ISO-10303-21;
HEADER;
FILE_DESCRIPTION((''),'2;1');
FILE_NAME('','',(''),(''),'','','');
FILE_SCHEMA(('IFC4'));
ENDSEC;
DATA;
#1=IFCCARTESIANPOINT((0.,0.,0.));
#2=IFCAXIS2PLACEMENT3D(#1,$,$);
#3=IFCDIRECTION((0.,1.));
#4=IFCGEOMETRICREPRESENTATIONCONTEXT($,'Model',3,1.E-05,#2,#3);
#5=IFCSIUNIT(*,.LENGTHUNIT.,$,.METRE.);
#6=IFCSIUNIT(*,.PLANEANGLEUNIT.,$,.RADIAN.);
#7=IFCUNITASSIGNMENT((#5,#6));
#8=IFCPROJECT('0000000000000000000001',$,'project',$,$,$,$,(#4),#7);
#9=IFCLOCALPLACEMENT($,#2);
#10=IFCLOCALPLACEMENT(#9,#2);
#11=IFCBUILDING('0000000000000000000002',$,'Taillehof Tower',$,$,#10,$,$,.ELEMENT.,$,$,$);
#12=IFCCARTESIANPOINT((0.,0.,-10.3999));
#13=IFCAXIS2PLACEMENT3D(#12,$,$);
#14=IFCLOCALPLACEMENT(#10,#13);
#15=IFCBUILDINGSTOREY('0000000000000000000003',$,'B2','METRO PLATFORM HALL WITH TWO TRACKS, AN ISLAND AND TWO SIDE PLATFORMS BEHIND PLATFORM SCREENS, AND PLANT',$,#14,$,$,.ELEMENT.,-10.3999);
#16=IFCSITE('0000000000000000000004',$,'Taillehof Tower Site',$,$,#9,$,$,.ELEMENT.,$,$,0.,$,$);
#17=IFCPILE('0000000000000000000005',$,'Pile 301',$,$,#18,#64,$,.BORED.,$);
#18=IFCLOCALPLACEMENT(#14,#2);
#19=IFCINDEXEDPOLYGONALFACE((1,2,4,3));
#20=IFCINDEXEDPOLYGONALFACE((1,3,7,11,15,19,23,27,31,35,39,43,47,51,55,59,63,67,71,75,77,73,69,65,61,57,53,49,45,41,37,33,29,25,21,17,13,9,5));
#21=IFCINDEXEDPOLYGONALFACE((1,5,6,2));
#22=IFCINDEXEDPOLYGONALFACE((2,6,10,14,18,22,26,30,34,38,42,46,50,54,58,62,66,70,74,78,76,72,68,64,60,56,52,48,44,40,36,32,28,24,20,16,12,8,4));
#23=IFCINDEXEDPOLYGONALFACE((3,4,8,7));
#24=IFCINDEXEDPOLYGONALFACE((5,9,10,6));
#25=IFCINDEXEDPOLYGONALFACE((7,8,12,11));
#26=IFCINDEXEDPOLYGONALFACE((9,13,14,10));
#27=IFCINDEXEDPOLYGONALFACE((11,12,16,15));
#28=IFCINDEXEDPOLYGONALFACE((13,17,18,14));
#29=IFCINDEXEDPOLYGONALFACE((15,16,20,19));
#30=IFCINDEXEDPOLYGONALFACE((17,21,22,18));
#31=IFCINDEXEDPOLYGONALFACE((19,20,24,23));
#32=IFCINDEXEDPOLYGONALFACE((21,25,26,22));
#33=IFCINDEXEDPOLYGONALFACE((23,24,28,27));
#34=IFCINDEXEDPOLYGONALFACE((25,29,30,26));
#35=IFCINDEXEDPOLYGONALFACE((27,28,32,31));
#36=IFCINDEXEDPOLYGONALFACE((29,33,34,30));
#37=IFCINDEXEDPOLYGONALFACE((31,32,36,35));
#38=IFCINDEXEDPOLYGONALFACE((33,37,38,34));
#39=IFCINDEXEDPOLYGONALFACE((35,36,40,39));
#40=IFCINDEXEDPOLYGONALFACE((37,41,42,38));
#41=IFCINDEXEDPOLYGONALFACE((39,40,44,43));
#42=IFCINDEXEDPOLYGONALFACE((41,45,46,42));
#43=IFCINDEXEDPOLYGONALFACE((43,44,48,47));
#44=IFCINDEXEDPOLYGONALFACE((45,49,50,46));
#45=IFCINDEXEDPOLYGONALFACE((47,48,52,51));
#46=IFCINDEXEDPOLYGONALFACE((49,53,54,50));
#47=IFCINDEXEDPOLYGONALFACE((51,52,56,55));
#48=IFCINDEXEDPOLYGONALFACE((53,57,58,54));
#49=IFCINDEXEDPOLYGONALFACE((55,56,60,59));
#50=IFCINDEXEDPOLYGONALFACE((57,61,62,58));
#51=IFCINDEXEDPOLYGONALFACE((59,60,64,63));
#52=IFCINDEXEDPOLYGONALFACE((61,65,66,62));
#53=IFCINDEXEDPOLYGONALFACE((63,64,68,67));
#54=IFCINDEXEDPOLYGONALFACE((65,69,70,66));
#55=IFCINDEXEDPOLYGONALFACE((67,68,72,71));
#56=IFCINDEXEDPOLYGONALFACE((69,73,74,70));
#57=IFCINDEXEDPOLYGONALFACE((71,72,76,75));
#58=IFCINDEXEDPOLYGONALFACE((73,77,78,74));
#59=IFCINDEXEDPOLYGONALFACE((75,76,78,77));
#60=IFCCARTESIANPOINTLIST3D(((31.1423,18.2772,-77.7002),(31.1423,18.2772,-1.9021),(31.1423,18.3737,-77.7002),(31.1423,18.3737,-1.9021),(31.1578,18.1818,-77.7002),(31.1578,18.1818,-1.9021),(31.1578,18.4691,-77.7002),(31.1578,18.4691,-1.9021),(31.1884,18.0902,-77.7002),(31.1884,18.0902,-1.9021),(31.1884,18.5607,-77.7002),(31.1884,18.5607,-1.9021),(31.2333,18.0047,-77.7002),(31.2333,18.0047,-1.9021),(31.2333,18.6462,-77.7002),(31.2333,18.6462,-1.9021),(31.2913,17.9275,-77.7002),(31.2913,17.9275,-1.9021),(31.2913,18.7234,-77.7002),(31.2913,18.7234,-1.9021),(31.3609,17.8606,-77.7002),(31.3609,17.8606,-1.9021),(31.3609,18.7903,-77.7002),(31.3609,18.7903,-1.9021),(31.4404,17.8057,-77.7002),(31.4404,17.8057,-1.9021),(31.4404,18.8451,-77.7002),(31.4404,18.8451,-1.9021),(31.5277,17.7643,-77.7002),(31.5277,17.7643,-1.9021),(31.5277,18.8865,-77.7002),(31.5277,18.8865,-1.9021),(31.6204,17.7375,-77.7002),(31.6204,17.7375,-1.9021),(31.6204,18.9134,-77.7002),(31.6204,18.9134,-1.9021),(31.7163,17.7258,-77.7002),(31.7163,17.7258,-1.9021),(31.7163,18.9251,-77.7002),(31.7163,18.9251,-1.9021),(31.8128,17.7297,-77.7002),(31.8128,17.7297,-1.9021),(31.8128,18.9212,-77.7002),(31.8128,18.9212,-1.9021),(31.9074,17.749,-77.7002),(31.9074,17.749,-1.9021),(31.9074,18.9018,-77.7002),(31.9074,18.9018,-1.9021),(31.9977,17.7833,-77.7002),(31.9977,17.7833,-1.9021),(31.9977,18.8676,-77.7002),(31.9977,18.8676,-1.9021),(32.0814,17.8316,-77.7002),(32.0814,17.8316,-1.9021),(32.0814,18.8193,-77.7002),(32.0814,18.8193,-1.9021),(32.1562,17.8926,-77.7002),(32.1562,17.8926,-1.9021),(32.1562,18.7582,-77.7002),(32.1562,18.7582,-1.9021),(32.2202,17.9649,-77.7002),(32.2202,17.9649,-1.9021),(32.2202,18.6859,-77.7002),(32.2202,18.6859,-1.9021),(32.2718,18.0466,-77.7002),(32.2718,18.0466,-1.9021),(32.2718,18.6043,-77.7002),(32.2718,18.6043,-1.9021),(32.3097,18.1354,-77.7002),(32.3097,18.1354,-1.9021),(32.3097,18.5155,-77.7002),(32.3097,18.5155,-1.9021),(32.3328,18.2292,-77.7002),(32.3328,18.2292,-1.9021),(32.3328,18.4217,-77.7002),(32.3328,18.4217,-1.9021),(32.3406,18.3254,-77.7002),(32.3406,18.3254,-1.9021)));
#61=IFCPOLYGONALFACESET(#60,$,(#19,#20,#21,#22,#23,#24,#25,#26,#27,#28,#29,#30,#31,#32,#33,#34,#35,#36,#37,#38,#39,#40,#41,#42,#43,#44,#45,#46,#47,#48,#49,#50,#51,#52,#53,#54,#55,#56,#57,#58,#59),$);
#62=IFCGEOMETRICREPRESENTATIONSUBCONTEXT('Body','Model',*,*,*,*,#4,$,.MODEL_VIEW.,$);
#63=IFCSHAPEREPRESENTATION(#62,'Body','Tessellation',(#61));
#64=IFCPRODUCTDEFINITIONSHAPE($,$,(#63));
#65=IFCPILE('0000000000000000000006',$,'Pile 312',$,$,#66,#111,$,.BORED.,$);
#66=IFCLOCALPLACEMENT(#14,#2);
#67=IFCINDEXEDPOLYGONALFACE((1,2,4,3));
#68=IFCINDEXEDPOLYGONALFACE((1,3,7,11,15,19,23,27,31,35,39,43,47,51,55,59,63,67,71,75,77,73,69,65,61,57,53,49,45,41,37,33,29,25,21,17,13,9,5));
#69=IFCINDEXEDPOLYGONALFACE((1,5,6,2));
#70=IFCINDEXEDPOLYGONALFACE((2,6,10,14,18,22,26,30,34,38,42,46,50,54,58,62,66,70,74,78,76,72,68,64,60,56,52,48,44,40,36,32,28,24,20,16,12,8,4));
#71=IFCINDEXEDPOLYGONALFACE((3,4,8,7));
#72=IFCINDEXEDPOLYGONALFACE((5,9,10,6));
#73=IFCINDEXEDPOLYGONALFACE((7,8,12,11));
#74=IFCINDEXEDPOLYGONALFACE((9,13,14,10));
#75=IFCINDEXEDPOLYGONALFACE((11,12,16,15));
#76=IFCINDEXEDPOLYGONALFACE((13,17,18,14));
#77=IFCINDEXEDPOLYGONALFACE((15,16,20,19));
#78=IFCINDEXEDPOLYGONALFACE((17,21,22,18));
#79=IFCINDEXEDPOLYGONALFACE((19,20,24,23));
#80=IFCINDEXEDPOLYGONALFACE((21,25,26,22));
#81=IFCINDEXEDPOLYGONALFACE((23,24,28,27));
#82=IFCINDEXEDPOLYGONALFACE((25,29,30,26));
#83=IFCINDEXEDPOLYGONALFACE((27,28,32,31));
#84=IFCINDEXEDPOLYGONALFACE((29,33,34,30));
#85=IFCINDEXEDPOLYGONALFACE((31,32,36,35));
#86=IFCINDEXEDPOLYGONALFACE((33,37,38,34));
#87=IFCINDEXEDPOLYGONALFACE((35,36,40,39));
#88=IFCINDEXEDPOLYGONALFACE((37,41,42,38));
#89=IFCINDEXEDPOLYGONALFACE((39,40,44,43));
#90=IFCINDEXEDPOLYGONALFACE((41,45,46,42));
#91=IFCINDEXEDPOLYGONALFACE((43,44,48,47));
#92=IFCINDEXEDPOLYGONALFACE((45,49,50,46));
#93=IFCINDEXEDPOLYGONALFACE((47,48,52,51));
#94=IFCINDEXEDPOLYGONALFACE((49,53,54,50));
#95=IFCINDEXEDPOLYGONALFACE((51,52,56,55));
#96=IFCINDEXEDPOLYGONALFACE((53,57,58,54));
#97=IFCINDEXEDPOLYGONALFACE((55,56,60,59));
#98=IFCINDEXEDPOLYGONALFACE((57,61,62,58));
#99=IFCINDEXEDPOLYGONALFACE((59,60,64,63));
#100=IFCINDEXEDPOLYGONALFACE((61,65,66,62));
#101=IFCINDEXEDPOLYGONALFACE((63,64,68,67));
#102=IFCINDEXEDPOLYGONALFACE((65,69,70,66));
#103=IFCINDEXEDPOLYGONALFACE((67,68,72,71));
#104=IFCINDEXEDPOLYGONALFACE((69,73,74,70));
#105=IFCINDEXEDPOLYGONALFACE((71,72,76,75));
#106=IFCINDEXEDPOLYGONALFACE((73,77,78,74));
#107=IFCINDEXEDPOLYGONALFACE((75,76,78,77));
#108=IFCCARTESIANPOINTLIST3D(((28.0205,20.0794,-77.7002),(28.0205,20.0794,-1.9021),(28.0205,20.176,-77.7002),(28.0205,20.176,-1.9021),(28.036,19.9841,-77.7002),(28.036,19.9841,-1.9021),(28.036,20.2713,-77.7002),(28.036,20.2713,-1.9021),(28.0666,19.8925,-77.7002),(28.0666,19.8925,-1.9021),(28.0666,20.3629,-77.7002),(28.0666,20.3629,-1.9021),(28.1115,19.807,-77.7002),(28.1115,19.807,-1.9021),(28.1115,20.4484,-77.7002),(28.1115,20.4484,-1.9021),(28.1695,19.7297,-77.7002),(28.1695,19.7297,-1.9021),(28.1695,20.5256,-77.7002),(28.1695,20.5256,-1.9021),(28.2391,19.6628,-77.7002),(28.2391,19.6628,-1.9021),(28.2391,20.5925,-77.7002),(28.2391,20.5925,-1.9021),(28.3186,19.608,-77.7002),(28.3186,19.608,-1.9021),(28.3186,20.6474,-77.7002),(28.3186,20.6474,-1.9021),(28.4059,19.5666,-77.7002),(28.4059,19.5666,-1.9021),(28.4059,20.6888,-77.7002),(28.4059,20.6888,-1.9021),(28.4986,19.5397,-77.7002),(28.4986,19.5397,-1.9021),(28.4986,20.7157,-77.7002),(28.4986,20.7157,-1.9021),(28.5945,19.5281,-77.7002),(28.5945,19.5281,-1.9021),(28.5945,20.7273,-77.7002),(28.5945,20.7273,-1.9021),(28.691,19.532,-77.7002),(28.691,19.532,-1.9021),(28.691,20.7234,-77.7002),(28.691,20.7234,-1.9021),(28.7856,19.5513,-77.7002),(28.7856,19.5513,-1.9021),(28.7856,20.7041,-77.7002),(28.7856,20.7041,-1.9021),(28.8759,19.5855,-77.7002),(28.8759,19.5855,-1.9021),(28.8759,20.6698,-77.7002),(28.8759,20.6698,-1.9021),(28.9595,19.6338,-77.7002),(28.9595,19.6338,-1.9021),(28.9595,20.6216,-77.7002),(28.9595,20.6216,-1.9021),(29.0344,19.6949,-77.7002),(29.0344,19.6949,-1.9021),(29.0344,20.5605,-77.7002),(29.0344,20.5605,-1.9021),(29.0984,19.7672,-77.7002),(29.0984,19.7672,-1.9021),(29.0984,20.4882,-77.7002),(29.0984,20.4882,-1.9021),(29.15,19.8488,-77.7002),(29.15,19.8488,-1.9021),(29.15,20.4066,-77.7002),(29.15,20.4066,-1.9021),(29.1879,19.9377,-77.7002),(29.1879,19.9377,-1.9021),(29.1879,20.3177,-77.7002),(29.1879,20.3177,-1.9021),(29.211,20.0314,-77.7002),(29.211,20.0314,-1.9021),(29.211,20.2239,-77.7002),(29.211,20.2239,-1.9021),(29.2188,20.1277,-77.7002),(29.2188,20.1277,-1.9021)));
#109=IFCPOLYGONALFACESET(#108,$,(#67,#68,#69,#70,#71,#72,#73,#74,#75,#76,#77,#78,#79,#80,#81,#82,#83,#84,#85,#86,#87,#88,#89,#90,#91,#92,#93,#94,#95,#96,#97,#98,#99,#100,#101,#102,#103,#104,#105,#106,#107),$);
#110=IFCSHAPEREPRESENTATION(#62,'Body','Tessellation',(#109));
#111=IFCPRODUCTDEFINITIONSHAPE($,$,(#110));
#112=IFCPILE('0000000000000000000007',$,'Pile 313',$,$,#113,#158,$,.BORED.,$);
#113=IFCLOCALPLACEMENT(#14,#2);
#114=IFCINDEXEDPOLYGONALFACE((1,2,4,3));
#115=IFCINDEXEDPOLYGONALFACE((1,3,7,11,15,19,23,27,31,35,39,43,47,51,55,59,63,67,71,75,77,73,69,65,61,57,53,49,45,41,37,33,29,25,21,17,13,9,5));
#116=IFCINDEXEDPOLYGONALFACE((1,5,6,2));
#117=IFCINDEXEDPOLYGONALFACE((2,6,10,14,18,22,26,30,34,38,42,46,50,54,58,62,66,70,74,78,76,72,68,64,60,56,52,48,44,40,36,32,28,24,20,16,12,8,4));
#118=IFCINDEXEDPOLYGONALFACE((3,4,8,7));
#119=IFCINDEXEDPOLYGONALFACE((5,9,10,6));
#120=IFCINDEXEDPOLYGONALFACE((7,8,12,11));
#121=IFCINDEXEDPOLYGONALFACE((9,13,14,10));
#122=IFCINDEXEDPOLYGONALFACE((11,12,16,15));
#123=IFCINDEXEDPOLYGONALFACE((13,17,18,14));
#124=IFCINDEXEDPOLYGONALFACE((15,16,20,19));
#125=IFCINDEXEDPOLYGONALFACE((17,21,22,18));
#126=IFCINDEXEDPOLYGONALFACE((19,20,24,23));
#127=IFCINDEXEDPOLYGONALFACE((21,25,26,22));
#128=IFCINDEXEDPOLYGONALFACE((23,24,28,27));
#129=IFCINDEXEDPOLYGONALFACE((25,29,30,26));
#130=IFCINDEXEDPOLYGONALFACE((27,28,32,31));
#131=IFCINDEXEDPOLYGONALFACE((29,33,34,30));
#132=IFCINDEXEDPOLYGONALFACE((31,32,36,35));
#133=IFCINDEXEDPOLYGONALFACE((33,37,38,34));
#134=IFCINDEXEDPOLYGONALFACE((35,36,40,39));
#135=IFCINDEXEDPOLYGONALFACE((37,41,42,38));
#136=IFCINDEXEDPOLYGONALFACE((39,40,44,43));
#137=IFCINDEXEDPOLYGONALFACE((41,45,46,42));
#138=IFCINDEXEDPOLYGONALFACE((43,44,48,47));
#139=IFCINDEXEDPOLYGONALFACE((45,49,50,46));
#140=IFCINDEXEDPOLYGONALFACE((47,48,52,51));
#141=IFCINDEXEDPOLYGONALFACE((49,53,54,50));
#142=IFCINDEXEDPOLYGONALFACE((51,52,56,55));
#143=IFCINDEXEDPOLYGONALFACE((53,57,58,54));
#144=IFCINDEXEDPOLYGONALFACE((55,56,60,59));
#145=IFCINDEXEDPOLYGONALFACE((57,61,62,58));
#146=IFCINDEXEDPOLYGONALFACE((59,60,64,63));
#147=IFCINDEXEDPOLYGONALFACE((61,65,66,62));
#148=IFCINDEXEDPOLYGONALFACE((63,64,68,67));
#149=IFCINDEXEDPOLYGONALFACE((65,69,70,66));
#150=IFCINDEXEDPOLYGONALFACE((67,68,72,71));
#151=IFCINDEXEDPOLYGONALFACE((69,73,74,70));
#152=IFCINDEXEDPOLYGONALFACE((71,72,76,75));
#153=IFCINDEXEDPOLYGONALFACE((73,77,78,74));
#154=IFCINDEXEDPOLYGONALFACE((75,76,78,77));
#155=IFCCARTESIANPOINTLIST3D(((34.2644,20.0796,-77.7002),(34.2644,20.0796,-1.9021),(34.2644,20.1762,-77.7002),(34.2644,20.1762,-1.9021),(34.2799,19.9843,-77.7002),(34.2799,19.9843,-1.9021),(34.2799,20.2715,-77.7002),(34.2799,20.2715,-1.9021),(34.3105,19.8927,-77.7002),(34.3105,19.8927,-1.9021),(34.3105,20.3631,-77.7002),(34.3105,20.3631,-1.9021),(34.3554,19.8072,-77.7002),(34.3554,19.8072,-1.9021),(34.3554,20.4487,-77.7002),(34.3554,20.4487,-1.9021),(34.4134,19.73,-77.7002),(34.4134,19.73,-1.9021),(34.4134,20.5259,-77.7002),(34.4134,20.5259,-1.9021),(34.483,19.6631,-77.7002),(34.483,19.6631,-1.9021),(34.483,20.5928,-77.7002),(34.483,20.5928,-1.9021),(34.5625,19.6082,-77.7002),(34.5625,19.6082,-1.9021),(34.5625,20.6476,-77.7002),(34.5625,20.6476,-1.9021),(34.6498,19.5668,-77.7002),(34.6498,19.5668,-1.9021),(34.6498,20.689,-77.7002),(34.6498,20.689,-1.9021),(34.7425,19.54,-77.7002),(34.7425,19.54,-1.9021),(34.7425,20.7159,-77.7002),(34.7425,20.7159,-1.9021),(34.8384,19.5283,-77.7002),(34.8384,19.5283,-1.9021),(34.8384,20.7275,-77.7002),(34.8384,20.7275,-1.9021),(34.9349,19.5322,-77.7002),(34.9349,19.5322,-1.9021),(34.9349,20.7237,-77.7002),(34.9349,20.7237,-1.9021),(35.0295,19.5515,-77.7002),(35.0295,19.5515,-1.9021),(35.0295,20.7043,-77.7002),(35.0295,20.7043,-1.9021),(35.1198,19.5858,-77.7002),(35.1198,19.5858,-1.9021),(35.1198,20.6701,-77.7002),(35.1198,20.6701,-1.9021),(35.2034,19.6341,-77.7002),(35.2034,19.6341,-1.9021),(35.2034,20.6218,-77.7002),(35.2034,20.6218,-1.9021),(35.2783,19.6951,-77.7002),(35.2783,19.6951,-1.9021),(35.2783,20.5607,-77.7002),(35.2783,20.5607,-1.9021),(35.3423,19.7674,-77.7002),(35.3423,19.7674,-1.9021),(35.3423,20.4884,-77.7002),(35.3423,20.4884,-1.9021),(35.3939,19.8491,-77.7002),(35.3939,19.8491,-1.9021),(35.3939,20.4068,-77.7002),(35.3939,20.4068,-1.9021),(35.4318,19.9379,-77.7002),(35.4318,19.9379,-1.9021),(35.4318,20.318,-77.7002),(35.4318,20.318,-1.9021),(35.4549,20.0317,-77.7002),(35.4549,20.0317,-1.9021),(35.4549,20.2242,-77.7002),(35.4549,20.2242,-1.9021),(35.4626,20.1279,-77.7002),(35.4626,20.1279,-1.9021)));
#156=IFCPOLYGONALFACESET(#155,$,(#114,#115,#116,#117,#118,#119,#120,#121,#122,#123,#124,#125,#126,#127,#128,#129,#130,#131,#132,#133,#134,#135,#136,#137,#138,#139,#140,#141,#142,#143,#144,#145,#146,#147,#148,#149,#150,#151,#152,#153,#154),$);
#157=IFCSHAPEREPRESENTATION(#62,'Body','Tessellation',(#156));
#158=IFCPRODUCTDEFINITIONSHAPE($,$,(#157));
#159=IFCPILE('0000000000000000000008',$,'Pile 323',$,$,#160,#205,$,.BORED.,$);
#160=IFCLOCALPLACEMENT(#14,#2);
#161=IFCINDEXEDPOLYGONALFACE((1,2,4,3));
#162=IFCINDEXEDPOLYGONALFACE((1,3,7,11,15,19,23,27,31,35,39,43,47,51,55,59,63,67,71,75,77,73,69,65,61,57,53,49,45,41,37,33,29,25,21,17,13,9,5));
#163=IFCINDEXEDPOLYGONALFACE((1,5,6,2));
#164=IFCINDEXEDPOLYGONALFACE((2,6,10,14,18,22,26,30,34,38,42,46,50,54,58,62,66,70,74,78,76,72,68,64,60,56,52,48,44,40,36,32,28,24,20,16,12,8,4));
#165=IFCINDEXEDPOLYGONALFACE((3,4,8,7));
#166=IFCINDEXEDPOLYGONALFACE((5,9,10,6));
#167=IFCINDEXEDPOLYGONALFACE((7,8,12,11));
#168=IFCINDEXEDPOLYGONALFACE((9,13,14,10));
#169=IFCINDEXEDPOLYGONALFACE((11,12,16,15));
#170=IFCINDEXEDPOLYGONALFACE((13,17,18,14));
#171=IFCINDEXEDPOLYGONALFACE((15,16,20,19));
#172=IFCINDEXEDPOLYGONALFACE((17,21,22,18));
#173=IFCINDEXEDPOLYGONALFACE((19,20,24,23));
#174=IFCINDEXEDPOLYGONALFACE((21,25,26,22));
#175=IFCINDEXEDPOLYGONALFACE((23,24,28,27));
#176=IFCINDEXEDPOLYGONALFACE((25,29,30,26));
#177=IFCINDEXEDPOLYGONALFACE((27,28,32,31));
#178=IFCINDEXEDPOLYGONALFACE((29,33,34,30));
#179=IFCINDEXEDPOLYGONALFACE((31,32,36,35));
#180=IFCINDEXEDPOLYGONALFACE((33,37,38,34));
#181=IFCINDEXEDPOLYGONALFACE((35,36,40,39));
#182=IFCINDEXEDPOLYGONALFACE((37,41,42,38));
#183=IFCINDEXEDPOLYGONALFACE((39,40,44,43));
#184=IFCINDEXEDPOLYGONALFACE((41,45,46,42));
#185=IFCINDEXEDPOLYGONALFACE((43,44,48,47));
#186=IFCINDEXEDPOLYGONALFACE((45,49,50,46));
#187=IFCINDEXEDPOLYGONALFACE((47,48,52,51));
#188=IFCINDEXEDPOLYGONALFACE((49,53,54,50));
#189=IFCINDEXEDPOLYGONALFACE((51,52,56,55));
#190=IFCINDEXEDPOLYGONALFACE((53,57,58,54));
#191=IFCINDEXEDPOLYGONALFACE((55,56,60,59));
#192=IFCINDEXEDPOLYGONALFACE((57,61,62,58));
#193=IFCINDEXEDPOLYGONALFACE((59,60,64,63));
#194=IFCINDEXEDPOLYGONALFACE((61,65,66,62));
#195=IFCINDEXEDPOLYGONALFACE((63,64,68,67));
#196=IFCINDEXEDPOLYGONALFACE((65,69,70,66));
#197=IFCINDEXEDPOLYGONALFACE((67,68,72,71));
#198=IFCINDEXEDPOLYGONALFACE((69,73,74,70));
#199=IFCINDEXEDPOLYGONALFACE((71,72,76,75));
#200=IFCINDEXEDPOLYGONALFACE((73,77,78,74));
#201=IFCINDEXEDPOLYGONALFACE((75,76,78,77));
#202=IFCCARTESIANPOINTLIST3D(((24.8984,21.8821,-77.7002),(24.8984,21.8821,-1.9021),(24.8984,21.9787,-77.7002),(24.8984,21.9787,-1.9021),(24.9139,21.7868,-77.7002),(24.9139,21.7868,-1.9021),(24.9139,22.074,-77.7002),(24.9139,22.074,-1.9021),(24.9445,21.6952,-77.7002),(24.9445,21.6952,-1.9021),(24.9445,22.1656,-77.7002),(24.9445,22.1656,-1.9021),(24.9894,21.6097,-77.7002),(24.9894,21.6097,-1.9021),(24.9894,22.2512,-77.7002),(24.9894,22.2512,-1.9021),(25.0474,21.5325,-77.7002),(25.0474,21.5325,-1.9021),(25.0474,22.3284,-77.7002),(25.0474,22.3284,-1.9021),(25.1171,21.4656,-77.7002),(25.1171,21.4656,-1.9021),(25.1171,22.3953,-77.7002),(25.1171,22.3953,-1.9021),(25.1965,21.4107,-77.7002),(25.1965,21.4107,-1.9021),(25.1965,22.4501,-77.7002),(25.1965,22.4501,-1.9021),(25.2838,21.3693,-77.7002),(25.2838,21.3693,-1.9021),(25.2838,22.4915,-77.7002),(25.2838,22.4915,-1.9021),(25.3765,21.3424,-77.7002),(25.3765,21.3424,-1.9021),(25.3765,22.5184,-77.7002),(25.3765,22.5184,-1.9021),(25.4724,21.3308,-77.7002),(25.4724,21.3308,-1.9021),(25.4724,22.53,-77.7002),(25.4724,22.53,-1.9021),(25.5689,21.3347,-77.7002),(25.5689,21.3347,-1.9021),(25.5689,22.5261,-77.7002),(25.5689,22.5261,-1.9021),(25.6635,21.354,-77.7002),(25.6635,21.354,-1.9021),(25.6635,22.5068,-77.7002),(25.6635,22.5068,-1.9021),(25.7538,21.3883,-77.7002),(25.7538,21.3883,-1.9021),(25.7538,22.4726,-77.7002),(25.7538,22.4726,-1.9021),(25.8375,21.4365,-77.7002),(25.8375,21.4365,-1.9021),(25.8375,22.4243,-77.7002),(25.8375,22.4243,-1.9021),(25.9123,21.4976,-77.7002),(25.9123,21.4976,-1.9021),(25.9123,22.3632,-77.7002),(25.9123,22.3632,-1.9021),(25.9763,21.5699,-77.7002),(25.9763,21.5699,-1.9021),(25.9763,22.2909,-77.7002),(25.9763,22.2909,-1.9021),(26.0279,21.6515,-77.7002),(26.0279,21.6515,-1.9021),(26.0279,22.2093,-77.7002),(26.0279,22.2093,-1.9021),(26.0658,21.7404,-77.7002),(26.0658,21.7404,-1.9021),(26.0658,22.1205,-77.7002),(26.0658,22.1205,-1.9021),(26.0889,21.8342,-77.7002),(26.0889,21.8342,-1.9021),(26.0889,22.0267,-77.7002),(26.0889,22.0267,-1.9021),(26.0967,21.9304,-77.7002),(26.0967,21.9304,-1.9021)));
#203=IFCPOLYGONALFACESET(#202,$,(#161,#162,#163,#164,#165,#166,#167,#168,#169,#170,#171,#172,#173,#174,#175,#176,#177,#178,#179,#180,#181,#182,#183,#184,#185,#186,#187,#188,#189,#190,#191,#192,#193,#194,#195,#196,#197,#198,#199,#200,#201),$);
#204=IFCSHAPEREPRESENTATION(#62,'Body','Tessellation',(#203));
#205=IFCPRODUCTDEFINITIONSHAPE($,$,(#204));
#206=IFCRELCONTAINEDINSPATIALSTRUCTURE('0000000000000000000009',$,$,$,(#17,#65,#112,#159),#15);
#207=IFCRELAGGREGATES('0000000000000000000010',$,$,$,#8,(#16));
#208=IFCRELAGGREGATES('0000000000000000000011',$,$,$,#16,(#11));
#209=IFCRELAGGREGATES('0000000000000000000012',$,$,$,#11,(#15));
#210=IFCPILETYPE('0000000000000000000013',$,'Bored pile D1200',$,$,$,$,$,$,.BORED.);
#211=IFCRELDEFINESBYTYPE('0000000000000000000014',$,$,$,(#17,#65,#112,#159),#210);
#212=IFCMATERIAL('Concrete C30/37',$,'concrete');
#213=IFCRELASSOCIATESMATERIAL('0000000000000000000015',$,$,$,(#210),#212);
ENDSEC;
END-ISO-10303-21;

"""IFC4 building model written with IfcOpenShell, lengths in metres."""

from ifc_helpers import new_model, si_unit, direction, frame, origin, origin_2d, place, context, subcontext, project, spatial, circle, extrude, material, material_profile, profile_set, type_object, element, save


model = new_model("IFC4")

# Units and contexts
model_context = context("Model", 3, precision=1e-05, world=origin(), true_north=direction((0.0, 1.0)))
body_context = subcontext(model_context, "Body", "Model", "MODEL_VIEW")
ifc_project = project(units=[si_unit("LENGTHUNIT", "METRE"), si_unit("PLANEANGLEUNIT", "RADIAN")], contexts=[model_context])

# Site, building, storey
site_placement = place(None, origin())
site = spatial("IfcSite", under=ifc_project, at=site_placement, Name="Taillehof Tower Site", CompositionType="ELEMENT", RefElevation=0.0)
building_placement = place(site_placement, origin())
building = spatial("IfcBuilding", under=site, at=building_placement, Name="Taillehof Tower", CompositionType="ELEMENT")
storey_placement = place(building_placement, frame((0.0, 0.0, -10.3999)))
storey = spatial("IfcBuildingStorey", under=building, at=storey_placement, Name="B2", Description="METRO PLATFORM HALL WITH TWO TRACKS, AN ISLAND AND TWO SIDE PLATFORMS BEHIND PLATFORM SCREENS, AND PLANT", CompositionType="ELEMENT", Elevation=-10.3999)

# Piles
ifc_material_1 = material(Name="Concrete C30/37", Category="concrete")
ifc_material_profile_1 = material_profile(ifc_material_1, circle(Radius=0.6001, at=origin_2d()), Name="BP D1200")
ifc_profile_set_1 = profile_set([ifc_material_profile_1], Name="Concrete C30/37")
pile_type = type_object("IfcPileType", Name="Bored pile D1200", PredefinedType="BORED", material=ifc_profile_set_1)
for number, where, z_axis, x_axis, name in (
    (1, (31.7405, 18.3254, -1.9021), (0.0, 0.0, -1.0), (1.0, 0.0, 0.0), "Pile 301"),
    (2, (28.6187, 20.1277, -1.9021), (0.0, 0.0, -1.0), (1.0, 0.0, 0.0), "Pile 312"),
    (3, (34.8625, 20.1279, -1.9021), (0.0, 0.0, -1.0), (1.0, 0.0, 0.0), "Pile 313"),
    (4, (25.4966, 21.9304, -1.9021), (0.0, 0.0, -1.0), (1.0, 0.0, 0.0), "Pile 323"),
):
    element("IfcPile", number, at=place(storey_placement, frame(where, z_axis=z_axis, x_axis=x_axis)), inside=storey, type_object=pile_type, Name=name, PredefinedType="BORED", context=body_context, shape_type="SweptSolid", body=[
        extrude(circle(Radius=0.6001, at=origin_2d()), origin(), (0.0, 0.0, 1.0), 75.7981),
    ])

save(model, "model.ifc")
